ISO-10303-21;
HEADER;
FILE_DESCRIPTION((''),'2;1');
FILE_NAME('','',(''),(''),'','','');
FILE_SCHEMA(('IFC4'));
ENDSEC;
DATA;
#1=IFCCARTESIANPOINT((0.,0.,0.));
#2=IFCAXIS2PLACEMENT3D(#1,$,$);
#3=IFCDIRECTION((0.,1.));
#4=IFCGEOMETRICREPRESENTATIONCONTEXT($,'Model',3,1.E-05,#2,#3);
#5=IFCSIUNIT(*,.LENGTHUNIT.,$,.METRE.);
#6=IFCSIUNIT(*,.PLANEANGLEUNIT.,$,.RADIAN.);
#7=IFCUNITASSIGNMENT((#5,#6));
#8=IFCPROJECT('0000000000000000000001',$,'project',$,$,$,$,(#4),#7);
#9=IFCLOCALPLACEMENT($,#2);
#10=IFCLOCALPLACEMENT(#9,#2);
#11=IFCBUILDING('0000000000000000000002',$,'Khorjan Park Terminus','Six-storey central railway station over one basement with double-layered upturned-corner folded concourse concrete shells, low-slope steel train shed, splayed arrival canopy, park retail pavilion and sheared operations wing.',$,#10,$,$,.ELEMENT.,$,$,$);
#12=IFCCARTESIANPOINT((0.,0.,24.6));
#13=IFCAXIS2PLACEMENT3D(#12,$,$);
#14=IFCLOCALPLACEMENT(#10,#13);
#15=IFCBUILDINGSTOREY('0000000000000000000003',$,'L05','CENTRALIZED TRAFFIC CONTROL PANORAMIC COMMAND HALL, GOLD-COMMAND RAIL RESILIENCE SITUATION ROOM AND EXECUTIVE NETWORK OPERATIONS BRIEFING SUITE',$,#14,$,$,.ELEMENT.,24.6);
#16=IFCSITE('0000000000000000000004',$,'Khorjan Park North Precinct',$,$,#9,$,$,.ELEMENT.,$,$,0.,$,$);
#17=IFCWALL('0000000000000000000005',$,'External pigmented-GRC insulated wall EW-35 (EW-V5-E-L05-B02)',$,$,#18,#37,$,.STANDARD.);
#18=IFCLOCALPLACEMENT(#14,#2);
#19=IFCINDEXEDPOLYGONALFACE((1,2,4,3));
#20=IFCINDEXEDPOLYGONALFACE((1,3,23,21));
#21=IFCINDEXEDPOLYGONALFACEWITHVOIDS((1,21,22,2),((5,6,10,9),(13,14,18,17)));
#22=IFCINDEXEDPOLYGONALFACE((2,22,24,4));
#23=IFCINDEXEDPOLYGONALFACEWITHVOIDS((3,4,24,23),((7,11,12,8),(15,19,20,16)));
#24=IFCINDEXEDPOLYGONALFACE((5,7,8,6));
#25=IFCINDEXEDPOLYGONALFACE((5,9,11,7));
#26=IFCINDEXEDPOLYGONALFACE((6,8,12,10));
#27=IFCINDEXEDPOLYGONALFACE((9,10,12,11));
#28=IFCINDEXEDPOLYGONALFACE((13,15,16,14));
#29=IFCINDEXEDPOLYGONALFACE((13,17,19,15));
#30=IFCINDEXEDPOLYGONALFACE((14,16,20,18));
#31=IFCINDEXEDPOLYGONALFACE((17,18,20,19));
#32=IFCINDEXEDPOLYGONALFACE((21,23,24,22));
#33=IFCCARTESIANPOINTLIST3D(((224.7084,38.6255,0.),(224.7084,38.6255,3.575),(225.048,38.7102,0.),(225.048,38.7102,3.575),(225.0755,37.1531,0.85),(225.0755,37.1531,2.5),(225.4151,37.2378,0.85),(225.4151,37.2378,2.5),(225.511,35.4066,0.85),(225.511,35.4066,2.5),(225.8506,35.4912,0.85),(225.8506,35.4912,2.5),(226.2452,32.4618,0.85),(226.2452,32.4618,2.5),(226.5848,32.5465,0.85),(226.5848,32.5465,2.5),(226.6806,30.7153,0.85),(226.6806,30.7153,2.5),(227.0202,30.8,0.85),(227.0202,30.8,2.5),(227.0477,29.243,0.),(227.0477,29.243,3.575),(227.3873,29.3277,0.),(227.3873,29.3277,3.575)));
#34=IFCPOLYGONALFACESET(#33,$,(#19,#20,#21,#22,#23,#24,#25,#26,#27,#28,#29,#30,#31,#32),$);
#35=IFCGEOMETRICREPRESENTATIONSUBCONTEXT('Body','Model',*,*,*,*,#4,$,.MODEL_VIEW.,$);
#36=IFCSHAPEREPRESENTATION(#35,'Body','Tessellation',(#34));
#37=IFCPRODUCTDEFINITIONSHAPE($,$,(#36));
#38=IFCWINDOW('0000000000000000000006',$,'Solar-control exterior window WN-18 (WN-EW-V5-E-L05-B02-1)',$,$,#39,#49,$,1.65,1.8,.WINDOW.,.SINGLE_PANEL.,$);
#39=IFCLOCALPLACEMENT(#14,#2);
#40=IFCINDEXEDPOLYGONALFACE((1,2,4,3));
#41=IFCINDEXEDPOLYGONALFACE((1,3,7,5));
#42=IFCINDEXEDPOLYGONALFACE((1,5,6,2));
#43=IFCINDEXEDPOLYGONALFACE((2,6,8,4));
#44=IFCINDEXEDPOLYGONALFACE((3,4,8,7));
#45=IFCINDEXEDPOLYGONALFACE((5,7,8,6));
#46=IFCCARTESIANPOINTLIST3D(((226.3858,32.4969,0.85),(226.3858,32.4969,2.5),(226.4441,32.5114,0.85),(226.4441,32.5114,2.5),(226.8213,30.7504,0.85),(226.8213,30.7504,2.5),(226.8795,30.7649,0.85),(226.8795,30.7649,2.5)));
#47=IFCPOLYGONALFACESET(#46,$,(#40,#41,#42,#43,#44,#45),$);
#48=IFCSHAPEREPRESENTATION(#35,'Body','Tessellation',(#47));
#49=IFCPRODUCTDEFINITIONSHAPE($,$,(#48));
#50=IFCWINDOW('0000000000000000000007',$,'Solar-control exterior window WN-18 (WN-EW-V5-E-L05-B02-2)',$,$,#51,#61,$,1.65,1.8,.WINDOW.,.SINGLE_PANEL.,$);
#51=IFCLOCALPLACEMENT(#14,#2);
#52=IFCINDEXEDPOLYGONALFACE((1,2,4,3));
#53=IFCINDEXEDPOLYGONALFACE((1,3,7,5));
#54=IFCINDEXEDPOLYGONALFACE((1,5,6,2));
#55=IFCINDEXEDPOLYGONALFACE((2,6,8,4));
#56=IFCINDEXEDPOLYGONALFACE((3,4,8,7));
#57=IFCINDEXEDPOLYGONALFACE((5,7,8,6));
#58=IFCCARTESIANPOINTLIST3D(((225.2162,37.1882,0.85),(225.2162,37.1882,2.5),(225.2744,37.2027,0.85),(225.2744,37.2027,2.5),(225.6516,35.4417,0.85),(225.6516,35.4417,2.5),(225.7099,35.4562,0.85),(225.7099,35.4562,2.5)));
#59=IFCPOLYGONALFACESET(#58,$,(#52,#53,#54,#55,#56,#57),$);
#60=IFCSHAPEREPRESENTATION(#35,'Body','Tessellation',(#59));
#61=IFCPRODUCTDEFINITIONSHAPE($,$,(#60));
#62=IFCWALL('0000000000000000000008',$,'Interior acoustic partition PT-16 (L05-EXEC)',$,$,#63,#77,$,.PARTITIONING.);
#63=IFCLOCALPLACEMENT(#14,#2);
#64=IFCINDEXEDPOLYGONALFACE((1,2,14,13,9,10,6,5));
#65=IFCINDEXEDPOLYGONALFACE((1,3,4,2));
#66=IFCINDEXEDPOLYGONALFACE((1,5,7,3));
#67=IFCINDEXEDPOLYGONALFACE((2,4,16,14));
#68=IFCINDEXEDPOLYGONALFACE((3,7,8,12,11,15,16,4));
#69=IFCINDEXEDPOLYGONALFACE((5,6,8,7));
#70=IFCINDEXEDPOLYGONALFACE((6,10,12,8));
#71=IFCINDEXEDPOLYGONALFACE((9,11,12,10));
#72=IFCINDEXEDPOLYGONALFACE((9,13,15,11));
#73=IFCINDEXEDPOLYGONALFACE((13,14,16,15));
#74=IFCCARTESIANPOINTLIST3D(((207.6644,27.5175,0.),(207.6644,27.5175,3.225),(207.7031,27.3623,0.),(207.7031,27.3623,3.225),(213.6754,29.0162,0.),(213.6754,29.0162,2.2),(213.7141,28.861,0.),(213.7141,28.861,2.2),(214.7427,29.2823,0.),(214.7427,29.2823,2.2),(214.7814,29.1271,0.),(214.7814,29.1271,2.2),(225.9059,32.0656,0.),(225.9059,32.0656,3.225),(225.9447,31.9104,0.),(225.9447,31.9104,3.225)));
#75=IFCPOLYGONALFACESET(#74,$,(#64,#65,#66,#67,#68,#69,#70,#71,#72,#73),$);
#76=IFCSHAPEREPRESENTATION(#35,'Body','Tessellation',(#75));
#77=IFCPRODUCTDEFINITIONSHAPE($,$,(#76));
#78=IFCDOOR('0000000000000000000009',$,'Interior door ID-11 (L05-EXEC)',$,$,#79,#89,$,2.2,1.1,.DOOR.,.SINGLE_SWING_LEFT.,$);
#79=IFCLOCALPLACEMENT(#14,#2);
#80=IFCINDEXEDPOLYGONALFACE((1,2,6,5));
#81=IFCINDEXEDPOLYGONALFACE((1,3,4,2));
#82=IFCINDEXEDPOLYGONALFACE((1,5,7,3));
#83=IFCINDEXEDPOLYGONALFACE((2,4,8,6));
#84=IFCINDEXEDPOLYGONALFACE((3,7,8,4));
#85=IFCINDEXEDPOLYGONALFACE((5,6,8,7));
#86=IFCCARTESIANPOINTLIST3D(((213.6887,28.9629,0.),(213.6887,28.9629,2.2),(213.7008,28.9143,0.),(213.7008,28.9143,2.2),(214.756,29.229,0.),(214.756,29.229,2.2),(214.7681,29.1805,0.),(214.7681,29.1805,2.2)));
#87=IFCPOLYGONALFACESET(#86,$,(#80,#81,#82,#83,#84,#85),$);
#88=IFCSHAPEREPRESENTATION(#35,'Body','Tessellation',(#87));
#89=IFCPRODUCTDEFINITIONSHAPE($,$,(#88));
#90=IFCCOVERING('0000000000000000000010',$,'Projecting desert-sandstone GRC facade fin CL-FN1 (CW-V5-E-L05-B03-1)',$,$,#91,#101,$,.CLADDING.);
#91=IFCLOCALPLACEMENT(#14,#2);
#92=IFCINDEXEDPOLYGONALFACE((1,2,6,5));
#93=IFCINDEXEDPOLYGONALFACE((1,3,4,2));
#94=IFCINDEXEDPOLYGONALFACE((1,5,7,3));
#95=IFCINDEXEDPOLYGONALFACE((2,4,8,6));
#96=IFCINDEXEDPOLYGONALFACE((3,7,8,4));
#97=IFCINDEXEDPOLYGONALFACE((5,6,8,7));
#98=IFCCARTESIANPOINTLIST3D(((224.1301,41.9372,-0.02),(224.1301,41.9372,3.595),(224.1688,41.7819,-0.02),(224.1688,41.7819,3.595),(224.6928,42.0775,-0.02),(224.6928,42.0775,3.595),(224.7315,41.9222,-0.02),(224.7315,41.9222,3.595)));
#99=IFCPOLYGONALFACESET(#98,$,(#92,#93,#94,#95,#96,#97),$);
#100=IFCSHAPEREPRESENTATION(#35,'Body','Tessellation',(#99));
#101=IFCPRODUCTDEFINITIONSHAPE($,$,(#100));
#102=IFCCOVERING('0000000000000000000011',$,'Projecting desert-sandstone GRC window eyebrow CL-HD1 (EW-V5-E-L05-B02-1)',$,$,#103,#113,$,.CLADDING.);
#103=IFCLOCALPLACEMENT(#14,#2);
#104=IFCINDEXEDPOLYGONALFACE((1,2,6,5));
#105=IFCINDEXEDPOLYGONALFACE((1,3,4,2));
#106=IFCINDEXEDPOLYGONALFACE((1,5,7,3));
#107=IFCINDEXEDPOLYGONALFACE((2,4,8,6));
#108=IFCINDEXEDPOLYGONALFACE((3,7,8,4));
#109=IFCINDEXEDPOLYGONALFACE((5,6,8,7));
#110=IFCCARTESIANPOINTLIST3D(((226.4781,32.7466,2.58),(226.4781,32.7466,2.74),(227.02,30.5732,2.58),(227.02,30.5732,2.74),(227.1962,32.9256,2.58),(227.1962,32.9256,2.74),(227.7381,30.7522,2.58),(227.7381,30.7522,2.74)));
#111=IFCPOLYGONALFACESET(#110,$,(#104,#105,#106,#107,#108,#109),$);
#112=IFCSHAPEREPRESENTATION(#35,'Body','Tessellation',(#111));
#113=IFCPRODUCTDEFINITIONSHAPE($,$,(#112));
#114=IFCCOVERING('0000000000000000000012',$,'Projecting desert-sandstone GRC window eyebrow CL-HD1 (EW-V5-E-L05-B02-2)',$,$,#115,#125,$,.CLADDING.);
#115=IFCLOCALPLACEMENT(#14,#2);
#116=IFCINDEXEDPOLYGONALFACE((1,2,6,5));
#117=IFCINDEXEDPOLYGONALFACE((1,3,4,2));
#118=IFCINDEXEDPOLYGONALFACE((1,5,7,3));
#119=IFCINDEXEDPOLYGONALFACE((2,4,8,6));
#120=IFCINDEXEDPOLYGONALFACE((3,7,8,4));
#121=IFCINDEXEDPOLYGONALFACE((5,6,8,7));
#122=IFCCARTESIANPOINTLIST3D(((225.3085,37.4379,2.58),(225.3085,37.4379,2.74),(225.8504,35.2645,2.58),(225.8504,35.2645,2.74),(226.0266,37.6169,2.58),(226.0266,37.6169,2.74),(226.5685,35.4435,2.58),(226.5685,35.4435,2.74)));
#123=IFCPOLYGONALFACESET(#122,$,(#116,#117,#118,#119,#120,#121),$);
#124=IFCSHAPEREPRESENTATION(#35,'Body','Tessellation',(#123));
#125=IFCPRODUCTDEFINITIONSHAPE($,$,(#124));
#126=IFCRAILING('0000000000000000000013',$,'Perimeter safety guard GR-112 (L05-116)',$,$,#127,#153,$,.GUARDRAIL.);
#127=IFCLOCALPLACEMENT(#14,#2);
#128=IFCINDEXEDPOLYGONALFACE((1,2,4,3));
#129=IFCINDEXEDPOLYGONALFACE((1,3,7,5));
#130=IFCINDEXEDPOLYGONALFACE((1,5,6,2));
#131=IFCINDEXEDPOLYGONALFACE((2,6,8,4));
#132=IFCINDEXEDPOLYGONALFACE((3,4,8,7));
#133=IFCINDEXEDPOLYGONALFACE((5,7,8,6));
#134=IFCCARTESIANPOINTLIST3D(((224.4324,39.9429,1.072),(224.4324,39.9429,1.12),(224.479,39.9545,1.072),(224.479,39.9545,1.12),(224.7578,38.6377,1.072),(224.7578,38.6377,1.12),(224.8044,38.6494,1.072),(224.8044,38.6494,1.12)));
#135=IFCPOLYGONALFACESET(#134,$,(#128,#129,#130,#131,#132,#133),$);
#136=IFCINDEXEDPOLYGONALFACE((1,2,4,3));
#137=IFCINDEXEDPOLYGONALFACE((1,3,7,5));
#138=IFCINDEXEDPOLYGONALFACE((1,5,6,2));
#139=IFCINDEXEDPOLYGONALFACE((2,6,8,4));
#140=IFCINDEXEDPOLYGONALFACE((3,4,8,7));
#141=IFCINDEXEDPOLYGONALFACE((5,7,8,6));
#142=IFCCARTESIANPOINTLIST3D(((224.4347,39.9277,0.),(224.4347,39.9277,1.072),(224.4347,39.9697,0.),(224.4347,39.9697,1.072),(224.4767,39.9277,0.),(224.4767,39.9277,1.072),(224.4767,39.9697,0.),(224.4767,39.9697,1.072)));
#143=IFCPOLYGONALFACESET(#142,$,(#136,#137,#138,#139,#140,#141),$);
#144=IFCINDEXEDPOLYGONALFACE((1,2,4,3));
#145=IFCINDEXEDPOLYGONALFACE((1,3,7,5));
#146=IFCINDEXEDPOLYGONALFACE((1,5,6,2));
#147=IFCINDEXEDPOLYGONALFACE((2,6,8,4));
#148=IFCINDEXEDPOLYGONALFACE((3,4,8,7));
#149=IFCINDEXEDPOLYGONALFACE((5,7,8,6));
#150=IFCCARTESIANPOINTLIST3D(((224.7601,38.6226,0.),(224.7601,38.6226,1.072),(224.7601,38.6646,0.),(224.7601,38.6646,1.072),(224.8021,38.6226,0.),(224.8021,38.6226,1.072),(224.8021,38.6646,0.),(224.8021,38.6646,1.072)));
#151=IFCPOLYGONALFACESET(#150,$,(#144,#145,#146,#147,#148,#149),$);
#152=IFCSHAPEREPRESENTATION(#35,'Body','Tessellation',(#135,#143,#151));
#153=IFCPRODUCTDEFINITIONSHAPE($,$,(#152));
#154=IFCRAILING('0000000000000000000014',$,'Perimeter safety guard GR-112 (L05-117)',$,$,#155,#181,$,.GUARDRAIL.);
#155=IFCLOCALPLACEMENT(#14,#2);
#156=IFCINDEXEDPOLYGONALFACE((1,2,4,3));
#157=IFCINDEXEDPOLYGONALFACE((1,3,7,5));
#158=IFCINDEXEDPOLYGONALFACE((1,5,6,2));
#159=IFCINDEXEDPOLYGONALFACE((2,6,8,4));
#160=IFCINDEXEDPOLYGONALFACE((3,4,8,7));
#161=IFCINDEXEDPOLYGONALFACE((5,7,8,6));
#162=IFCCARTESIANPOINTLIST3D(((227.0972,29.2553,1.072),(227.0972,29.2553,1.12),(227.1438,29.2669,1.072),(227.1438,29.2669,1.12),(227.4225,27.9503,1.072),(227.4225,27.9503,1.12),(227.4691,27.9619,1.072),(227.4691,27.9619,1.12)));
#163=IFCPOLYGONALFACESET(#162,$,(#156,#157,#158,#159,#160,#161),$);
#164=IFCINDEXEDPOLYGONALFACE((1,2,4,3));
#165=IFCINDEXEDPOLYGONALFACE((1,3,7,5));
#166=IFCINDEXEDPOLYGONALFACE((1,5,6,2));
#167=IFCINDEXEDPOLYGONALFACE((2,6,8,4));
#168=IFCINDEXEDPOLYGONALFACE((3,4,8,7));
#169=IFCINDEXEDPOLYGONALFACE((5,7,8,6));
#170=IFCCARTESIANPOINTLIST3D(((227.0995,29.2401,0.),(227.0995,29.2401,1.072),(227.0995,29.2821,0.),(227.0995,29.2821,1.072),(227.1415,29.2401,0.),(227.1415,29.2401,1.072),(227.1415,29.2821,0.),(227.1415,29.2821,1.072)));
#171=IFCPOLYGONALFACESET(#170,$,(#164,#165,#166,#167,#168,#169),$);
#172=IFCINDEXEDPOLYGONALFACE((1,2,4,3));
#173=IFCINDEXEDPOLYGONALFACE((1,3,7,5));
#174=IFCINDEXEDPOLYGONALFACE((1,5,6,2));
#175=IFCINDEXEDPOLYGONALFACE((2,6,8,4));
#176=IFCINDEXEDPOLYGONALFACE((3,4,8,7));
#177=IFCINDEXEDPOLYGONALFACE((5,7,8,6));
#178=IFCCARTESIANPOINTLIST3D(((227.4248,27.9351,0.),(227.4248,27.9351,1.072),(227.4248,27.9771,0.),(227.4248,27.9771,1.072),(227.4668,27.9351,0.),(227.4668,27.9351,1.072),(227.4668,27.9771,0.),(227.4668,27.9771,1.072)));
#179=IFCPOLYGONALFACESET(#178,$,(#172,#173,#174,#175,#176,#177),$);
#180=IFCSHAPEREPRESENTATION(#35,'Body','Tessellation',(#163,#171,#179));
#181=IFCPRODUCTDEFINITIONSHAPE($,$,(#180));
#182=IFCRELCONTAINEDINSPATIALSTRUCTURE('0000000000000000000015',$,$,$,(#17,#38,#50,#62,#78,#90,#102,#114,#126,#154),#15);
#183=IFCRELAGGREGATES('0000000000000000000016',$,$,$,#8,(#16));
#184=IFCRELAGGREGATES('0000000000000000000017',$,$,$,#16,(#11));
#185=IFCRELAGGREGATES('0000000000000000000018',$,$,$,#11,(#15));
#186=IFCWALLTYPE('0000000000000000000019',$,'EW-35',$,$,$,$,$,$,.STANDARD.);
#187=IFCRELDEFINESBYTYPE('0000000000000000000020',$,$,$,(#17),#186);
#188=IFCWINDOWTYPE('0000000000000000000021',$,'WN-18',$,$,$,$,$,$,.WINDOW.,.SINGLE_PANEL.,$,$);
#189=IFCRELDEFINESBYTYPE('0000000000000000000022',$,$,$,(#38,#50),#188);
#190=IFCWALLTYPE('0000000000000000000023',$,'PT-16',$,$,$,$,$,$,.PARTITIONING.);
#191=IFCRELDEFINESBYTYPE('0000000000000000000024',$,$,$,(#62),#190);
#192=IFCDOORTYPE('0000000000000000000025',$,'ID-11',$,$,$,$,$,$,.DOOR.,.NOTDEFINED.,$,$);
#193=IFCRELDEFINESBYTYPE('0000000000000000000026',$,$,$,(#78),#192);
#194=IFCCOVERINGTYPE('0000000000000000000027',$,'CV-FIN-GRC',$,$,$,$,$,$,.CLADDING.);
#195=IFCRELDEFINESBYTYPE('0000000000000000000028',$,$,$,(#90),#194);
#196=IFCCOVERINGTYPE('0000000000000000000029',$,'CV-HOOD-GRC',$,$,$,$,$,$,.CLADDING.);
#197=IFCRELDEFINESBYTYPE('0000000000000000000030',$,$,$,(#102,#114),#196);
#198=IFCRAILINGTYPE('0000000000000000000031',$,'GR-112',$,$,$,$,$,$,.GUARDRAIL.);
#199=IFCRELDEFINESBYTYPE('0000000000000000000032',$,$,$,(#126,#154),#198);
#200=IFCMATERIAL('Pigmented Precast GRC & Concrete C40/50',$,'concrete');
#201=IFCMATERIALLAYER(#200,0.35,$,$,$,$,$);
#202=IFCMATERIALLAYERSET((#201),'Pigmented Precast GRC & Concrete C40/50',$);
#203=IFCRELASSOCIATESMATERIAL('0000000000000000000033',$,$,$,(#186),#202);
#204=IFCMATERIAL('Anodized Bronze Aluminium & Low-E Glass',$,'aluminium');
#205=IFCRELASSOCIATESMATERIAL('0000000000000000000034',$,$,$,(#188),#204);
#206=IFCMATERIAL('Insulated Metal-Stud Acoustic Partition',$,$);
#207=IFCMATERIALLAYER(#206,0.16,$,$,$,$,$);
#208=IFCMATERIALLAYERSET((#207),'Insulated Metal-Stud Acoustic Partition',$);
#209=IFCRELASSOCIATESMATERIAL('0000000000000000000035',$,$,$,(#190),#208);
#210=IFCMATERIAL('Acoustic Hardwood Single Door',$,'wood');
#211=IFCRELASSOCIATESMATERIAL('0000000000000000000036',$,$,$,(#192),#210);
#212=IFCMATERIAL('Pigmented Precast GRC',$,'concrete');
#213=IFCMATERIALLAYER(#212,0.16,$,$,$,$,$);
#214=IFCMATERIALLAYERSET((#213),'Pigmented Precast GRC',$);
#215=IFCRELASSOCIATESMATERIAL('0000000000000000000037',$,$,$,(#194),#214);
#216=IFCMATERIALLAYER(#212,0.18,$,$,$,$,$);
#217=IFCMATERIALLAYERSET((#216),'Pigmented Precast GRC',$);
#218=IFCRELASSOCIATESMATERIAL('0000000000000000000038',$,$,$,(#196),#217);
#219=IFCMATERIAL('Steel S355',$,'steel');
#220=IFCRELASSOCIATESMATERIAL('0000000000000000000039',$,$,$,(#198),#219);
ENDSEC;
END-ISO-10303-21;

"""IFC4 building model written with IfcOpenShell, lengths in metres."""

from ifc_helpers import new_model, si_unit, direction, frame, frame_2d, origin, origin_2d, place, context, subcontext, project, spatial, rectangle, extrude, material, layer, layer_set, type_object, element, fill, save


model = new_model("IFC4")

# Units and contexts
model_context = context("Model", 3, precision=1e-05, world=origin(), true_north=direction((0.0, 1.0)))
body_context = subcontext(model_context, "Body", "Model", "MODEL_VIEW")
ifc_project = project(units=[si_unit("LENGTHUNIT", "METRE"), si_unit("PLANEANGLEUNIT", "RADIAN")], contexts=[model_context])

# Site, building, storey
site_placement = place(None, origin())
site = spatial("IfcSite", under=ifc_project, at=site_placement, Name="Khorjan Park North Precinct", CompositionType="ELEMENT", RefElevation=0.0)
building_placement = place(site_placement, origin())
building = spatial("IfcBuilding", under=site, at=building_placement, Name="Khorjan Park Terminus", Description="Six-storey central railway station over one basement with double-layered upturned-corner folded concourse concrete shells, low-slope steel train shed, splayed arrival canopy, park retail pavilion and sheared operations wing.", CompositionType="ELEMENT")
storey_placement = place(building_placement, frame((0.0, 0.0, 24.6)))
storey = spatial("IfcBuildingStorey", under=building, at=storey_placement, Name="L05", Description="CENTRALIZED TRAFFIC CONTROL PANORAMIC COMMAND HALL, GOLD-COMMAND RAIL RESILIENCE SITUATION ROOM AND EXECUTIVE NETWORK OPERATIONS BRIEFING SUITE", CompositionType="ELEMENT", Elevation=24.6)

# Shared definitions
ifc_material_1 = material(Name="Steel S355", Category="steel")

# Wall, openings, windows
ifc_material_2 = material(Name="Pigmented Precast GRC & Concrete C40/50", Category="concrete")
ifc_layer_1 = layer(ifc_material_2, 0.35)
ifc_layer_set_1 = layer_set([ifc_layer_1], Name="Pigmented Precast GRC & Concrete C40/50")
wall_type_1 = type_object("IfcWallType", Name="EW-35", PredefinedType="STANDARD", material=ifc_layer_set_1)
wall_1_placement = place(storey_placement, frame((227.2175, 29.2853, 0.0), z_axis=(0.0, 0.0, 1.0), x_axis=(-0.24192, 0.970296, 0.0)))
wall_1 = element("IfcWall", 1, at=wall_1_placement, inside=storey, type_object=wall_type_1, Name="External pigmented-GRC insulated wall EW-35 (EW-V5-E-L05-B02)", PredefinedType="STANDARD", context=body_context, shape_type="SweptSolid", body=[
    extrude(rectangle(XDim=9.6697, YDim=0.35, at=frame_2d((4.8349, 0.0))), origin(), (0.0, 0.0, 1.0), 3.575),
])
opening_1_placement = place(wall_1_placement, frame((1.5174, 0.0, 0.85)))
opening_1 = element("IfcOpeningElement", 2, at=opening_1_placement, cuts=wall_1, PredefinedType="OPENING", context=body_context, shape_type="SweptSolid", body=[
    extrude(rectangle(XDim=1.8, YDim=1.65, at=frame_2d((0.9, 0.825))), frame((0.0, 0.185, 0.0), z_axis=(0.0, -1.0, 0.0), x_axis=(1.0, 0.0, 0.0)), (0.0, 0.0, 1.0), 0.37),
])
opening_2_placement = place(wall_1_placement, frame((6.3523, 0.0, 0.85)))
opening_2 = element("IfcOpeningElement", 3, at=opening_2_placement, cuts=wall_1, PredefinedType="OPENING", context=body_context, shape_type="SweptSolid", body=[
    extrude(rectangle(XDim=1.8, YDim=1.65, at=frame_2d((0.9, 0.825))), frame((0.0, 0.185, 0.0), z_axis=(0.0, -1.0, 0.0), x_axis=(1.0, 0.0, 0.0)), (0.0, 0.0, 1.0), 0.37),
])
ifc_material_3 = material(Name="Anodized Bronze Aluminium & Low-E Glass", Category="aluminium")
window_type = type_object("IfcWindowType", Name="WN-18", PartitioningType="SINGLE_PANEL", PredefinedType="WINDOW", material=ifc_material_3)
window_1_placement = place(opening_1_placement, origin())
window_1 = element("IfcWindow", 4, at=window_1_placement, inside=storey, type_object=window_type, Name="Solar-control exterior window WN-18 (WN-EW-V5-E-L05-B02-1)", OverallHeight=1.65, OverallWidth=1.8, PartitioningType="SINGLE_PANEL", PredefinedType="WINDOW", context=body_context, shape_type="SweptSolid", body=[
    extrude(rectangle(XDim=1.8, YDim=1.65, at=frame_2d((0.9, 0.825))), frame((0.0, 0.03, 0.0), z_axis=(0.0, -1.0, 0.0), x_axis=(1.0, 0.0, 0.0)), (0.0, 0.0, 1.0), 0.06),
])
fill(opening_1, window_1)
window_2_placement = place(opening_2_placement, origin())
window_2 = element("IfcWindow", 5, at=window_2_placement, inside=storey, type_object=window_type, Name="Solar-control exterior window WN-18 (WN-EW-V5-E-L05-B02-2)", OverallHeight=1.65, OverallWidth=1.8, PartitioningType="SINGLE_PANEL", PredefinedType="WINDOW", context=body_context, shape_type="SweptSolid", body=[
    extrude(rectangle(XDim=1.8, YDim=1.65, at=frame_2d((0.9, 0.825))), frame((0.0, 0.03, 0.0), z_axis=(0.0, -1.0, 0.0), x_axis=(1.0, 0.0, 0.0)), (0.0, 0.0, 1.0), 0.06),
])
fill(opening_2, window_2)

# Wall, opening, door
ifc_material_4 = material(Name="Insulated Metal-Stud Acoustic Partition")
ifc_layer_2 = layer(ifc_material_4, 0.16)
ifc_layer_set_2 = layer_set([ifc_layer_2], Name="Insulated Metal-Stud Acoustic Partition")
wall_type_2 = type_object("IfcWallType", Name="PT-16", PredefinedType="PARTITIONING", material=ifc_layer_set_2)
wall_2_placement = place(storey_placement, frame((225.9253, 31.988, 0.0), z_axis=(0.0, 0.0, 1.0), x_axis=(-0.970296, -0.24192, 0.0)))
wall_2 = element("IfcWall", 6, at=wall_2_placement, inside=storey, type_object=wall_type_2, Name="Interior acoustic partition PT-16 (L05-EXEC)", PredefinedType="PARTITIONING", context=body_context, shape_type="SweptSolid", body=[
    extrude(rectangle(XDim=18.8, YDim=0.16, at=frame_2d((9.4, 0.0))), origin(), (0.0, 0.0, 1.0), 3.225),
])
opening_3_placement = place(wall_2_placement, frame((11.505, 0.0, 0.0)))
opening_3 = element("IfcOpeningElement", 7, at=opening_3_placement, cuts=wall_2, PredefinedType="OPENING", context=body_context, shape_type="SweptSolid", body=[
    extrude(rectangle(XDim=1.1, YDim=2.2, at=frame_2d((0.55, 1.1))), frame((0.0, 0.09, 0.0), z_axis=(0.0, -1.0, 0.0), x_axis=(1.0, 0.0, 0.0)), (0.0, 0.0, 1.0), 0.18),
])
ifc_material_5 = material(Name="Acoustic Hardwood Single Door", Category="wood")
door_type = type_object("IfcDoorType", Name="ID-11", OperationType="NOTDEFINED", PredefinedType="DOOR", material=ifc_material_5)
door_placement = place(opening_3_placement, origin())
door = element("IfcDoor", 8, at=door_placement, inside=storey, type_object=door_type, Name="Interior door ID-11 (L05-EXEC)", OperationType="SINGLE_SWING_LEFT", OverallHeight=2.2, OverallWidth=1.1, PredefinedType="DOOR", context=body_context, shape_type="SweptSolid", body=[
    extrude(rectangle(XDim=1.1, YDim=2.2, at=frame_2d((0.55, 1.1))), frame((0.0, 0.025, 0.0), z_axis=(0.0, -1.0, 0.0), x_axis=(1.0, 0.0, 0.0)), (0.0, 0.0, 1.0), 0.05),
])
fill(opening_3, door)

# Coverings
ifc_material_6 = material(Name="Pigmented Precast GRC", Category="concrete")
ifc_layer_3 = layer(ifc_material_6, 0.16)
ifc_layer_set_3 = layer_set([ifc_layer_3], Name="Pigmented Precast GRC")
covering_type_1 = type_object("IfcCoveringType", Name="CV-FIN-GRC", PredefinedType="CLADDING", material=ifc_layer_set_3)
covering_placement = place(storey_placement, frame((224.4308, 41.9297, -0.02), z_axis=(0.0, 0.0, 1.0), x_axis=(-0.970296, -0.241922, 0.0)))
element("IfcCovering", 9, at=covering_placement, inside=storey, type_object=covering_type_1, Name="Projecting desert-sandstone GRC facade fin CL-FN1 (CW-V5-E-L05-B03-1)", PredefinedType="CLADDING", context=body_context, shape_type="SweptSolid", body=[
    extrude(rectangle(XDim=0.58, YDim=0.16, at=origin_2d()), origin(), (0.0, 0.0, 1.0), 3.615),
])
ifc_layer_4 = layer(ifc_material_6, 0.18)
ifc_layer_set_4 = layer_set([ifc_layer_4], Name="Pigmented Precast GRC")
covering_type_2 = type_object("IfcCoveringType", Name="CV-HOOD-GRC", PredefinedType="CLADDING", material=ifc_layer_set_4)
for number, where, z_axis, x_axis, name in (
    (10, (227.1081, 31.7494, 2.58), (0.0, 0.0, 1.0), (-0.24192, 0.970296, 0.0), "Projecting desert-sandstone GRC window eyebrow CL-HD1 (EW-V5-E-L05-B02-1)"),
    (11, (225.9385, 36.4407, 2.58), (0.0, 0.0, 1.0), (-0.24192, 0.970296, 0.0), "Projecting desert-sandstone GRC window eyebrow CL-HD1 (EW-V5-E-L05-B02-2)"),
):
    element("IfcCovering", number, at=place(storey_placement, frame(where, z_axis=z_axis, x_axis=x_axis)), inside=storey, type_object=covering_type_2, Name=name, PredefinedType="CLADDING", context=body_context, shape_type="SweptSolid", body=[
        extrude(rectangle(XDim=2.24, YDim=0.74, at=origin_2d()), origin(), (0.0, 0.0, 1.0), 0.16),
    ])

# Railings
railing_type = type_object("IfcRailingType", Name="GR-112", PredefinedType="GUARDRAIL", material=ifc_material_1)
railing_1_placement = place(storey_placement, frame((224.4557, 39.9487, 0.0)))
element("IfcRailing", 12, at=railing_1_placement, inside=storey, type_object=railing_type, Name="Perimeter safety guard GR-112 (L05-116)", PredefinedType="GUARDRAIL", context=body_context, shape_type="SweptSolid", body=[
    extrude(rectangle(XDim=0.048, YDim=0.048, at=origin_2d()), frame((0.0, 0.0, 1.096), z_axis=(0.241923, -0.970295, 0.0), x_axis=(0.970295, 0.241923, 0.0)), (0.0, 0.0, 1.0), 1.3451),
    extrude(rectangle(XDim=0.042, YDim=0.042, at=origin_2d()), origin(), (0.0, 0.0, 1.0), 1.072),
    extrude(rectangle(XDim=0.042, YDim=0.042, at=origin_2d()), frame((0.3254, -1.3051, 0.0)), (0.0, 0.0, 1.0), 1.072),
])
railing_2_placement = place(storey_placement, frame((227.1205, 29.2611, 0.0)))
element("IfcRailing", 13, at=railing_2_placement, inside=storey, type_object=railing_type, Name="Perimeter safety guard GR-112 (L05-117)", PredefinedType="GUARDRAIL", context=body_context, shape_type="SweptSolid", body=[
    extrude(rectangle(XDim=0.048, YDim=0.048, at=origin_2d()), frame((0.0, 0.0, 1.096), z_axis=(0.241871, -0.970308, 0.0), x_axis=(0.970308, 0.241871, 0.0)), (0.0, 0.0, 1.0), 1.3449),
    extrude(rectangle(XDim=0.042, YDim=0.042, at=origin_2d()), origin(), (0.0, 0.0, 1.0), 1.072),
    extrude(rectangle(XDim=0.042, YDim=0.042, at=origin_2d()), frame((0.3253, -1.305, 0.0)), (0.0, 0.0, 1.0), 1.072),
])

save(model, "model.ifc")
